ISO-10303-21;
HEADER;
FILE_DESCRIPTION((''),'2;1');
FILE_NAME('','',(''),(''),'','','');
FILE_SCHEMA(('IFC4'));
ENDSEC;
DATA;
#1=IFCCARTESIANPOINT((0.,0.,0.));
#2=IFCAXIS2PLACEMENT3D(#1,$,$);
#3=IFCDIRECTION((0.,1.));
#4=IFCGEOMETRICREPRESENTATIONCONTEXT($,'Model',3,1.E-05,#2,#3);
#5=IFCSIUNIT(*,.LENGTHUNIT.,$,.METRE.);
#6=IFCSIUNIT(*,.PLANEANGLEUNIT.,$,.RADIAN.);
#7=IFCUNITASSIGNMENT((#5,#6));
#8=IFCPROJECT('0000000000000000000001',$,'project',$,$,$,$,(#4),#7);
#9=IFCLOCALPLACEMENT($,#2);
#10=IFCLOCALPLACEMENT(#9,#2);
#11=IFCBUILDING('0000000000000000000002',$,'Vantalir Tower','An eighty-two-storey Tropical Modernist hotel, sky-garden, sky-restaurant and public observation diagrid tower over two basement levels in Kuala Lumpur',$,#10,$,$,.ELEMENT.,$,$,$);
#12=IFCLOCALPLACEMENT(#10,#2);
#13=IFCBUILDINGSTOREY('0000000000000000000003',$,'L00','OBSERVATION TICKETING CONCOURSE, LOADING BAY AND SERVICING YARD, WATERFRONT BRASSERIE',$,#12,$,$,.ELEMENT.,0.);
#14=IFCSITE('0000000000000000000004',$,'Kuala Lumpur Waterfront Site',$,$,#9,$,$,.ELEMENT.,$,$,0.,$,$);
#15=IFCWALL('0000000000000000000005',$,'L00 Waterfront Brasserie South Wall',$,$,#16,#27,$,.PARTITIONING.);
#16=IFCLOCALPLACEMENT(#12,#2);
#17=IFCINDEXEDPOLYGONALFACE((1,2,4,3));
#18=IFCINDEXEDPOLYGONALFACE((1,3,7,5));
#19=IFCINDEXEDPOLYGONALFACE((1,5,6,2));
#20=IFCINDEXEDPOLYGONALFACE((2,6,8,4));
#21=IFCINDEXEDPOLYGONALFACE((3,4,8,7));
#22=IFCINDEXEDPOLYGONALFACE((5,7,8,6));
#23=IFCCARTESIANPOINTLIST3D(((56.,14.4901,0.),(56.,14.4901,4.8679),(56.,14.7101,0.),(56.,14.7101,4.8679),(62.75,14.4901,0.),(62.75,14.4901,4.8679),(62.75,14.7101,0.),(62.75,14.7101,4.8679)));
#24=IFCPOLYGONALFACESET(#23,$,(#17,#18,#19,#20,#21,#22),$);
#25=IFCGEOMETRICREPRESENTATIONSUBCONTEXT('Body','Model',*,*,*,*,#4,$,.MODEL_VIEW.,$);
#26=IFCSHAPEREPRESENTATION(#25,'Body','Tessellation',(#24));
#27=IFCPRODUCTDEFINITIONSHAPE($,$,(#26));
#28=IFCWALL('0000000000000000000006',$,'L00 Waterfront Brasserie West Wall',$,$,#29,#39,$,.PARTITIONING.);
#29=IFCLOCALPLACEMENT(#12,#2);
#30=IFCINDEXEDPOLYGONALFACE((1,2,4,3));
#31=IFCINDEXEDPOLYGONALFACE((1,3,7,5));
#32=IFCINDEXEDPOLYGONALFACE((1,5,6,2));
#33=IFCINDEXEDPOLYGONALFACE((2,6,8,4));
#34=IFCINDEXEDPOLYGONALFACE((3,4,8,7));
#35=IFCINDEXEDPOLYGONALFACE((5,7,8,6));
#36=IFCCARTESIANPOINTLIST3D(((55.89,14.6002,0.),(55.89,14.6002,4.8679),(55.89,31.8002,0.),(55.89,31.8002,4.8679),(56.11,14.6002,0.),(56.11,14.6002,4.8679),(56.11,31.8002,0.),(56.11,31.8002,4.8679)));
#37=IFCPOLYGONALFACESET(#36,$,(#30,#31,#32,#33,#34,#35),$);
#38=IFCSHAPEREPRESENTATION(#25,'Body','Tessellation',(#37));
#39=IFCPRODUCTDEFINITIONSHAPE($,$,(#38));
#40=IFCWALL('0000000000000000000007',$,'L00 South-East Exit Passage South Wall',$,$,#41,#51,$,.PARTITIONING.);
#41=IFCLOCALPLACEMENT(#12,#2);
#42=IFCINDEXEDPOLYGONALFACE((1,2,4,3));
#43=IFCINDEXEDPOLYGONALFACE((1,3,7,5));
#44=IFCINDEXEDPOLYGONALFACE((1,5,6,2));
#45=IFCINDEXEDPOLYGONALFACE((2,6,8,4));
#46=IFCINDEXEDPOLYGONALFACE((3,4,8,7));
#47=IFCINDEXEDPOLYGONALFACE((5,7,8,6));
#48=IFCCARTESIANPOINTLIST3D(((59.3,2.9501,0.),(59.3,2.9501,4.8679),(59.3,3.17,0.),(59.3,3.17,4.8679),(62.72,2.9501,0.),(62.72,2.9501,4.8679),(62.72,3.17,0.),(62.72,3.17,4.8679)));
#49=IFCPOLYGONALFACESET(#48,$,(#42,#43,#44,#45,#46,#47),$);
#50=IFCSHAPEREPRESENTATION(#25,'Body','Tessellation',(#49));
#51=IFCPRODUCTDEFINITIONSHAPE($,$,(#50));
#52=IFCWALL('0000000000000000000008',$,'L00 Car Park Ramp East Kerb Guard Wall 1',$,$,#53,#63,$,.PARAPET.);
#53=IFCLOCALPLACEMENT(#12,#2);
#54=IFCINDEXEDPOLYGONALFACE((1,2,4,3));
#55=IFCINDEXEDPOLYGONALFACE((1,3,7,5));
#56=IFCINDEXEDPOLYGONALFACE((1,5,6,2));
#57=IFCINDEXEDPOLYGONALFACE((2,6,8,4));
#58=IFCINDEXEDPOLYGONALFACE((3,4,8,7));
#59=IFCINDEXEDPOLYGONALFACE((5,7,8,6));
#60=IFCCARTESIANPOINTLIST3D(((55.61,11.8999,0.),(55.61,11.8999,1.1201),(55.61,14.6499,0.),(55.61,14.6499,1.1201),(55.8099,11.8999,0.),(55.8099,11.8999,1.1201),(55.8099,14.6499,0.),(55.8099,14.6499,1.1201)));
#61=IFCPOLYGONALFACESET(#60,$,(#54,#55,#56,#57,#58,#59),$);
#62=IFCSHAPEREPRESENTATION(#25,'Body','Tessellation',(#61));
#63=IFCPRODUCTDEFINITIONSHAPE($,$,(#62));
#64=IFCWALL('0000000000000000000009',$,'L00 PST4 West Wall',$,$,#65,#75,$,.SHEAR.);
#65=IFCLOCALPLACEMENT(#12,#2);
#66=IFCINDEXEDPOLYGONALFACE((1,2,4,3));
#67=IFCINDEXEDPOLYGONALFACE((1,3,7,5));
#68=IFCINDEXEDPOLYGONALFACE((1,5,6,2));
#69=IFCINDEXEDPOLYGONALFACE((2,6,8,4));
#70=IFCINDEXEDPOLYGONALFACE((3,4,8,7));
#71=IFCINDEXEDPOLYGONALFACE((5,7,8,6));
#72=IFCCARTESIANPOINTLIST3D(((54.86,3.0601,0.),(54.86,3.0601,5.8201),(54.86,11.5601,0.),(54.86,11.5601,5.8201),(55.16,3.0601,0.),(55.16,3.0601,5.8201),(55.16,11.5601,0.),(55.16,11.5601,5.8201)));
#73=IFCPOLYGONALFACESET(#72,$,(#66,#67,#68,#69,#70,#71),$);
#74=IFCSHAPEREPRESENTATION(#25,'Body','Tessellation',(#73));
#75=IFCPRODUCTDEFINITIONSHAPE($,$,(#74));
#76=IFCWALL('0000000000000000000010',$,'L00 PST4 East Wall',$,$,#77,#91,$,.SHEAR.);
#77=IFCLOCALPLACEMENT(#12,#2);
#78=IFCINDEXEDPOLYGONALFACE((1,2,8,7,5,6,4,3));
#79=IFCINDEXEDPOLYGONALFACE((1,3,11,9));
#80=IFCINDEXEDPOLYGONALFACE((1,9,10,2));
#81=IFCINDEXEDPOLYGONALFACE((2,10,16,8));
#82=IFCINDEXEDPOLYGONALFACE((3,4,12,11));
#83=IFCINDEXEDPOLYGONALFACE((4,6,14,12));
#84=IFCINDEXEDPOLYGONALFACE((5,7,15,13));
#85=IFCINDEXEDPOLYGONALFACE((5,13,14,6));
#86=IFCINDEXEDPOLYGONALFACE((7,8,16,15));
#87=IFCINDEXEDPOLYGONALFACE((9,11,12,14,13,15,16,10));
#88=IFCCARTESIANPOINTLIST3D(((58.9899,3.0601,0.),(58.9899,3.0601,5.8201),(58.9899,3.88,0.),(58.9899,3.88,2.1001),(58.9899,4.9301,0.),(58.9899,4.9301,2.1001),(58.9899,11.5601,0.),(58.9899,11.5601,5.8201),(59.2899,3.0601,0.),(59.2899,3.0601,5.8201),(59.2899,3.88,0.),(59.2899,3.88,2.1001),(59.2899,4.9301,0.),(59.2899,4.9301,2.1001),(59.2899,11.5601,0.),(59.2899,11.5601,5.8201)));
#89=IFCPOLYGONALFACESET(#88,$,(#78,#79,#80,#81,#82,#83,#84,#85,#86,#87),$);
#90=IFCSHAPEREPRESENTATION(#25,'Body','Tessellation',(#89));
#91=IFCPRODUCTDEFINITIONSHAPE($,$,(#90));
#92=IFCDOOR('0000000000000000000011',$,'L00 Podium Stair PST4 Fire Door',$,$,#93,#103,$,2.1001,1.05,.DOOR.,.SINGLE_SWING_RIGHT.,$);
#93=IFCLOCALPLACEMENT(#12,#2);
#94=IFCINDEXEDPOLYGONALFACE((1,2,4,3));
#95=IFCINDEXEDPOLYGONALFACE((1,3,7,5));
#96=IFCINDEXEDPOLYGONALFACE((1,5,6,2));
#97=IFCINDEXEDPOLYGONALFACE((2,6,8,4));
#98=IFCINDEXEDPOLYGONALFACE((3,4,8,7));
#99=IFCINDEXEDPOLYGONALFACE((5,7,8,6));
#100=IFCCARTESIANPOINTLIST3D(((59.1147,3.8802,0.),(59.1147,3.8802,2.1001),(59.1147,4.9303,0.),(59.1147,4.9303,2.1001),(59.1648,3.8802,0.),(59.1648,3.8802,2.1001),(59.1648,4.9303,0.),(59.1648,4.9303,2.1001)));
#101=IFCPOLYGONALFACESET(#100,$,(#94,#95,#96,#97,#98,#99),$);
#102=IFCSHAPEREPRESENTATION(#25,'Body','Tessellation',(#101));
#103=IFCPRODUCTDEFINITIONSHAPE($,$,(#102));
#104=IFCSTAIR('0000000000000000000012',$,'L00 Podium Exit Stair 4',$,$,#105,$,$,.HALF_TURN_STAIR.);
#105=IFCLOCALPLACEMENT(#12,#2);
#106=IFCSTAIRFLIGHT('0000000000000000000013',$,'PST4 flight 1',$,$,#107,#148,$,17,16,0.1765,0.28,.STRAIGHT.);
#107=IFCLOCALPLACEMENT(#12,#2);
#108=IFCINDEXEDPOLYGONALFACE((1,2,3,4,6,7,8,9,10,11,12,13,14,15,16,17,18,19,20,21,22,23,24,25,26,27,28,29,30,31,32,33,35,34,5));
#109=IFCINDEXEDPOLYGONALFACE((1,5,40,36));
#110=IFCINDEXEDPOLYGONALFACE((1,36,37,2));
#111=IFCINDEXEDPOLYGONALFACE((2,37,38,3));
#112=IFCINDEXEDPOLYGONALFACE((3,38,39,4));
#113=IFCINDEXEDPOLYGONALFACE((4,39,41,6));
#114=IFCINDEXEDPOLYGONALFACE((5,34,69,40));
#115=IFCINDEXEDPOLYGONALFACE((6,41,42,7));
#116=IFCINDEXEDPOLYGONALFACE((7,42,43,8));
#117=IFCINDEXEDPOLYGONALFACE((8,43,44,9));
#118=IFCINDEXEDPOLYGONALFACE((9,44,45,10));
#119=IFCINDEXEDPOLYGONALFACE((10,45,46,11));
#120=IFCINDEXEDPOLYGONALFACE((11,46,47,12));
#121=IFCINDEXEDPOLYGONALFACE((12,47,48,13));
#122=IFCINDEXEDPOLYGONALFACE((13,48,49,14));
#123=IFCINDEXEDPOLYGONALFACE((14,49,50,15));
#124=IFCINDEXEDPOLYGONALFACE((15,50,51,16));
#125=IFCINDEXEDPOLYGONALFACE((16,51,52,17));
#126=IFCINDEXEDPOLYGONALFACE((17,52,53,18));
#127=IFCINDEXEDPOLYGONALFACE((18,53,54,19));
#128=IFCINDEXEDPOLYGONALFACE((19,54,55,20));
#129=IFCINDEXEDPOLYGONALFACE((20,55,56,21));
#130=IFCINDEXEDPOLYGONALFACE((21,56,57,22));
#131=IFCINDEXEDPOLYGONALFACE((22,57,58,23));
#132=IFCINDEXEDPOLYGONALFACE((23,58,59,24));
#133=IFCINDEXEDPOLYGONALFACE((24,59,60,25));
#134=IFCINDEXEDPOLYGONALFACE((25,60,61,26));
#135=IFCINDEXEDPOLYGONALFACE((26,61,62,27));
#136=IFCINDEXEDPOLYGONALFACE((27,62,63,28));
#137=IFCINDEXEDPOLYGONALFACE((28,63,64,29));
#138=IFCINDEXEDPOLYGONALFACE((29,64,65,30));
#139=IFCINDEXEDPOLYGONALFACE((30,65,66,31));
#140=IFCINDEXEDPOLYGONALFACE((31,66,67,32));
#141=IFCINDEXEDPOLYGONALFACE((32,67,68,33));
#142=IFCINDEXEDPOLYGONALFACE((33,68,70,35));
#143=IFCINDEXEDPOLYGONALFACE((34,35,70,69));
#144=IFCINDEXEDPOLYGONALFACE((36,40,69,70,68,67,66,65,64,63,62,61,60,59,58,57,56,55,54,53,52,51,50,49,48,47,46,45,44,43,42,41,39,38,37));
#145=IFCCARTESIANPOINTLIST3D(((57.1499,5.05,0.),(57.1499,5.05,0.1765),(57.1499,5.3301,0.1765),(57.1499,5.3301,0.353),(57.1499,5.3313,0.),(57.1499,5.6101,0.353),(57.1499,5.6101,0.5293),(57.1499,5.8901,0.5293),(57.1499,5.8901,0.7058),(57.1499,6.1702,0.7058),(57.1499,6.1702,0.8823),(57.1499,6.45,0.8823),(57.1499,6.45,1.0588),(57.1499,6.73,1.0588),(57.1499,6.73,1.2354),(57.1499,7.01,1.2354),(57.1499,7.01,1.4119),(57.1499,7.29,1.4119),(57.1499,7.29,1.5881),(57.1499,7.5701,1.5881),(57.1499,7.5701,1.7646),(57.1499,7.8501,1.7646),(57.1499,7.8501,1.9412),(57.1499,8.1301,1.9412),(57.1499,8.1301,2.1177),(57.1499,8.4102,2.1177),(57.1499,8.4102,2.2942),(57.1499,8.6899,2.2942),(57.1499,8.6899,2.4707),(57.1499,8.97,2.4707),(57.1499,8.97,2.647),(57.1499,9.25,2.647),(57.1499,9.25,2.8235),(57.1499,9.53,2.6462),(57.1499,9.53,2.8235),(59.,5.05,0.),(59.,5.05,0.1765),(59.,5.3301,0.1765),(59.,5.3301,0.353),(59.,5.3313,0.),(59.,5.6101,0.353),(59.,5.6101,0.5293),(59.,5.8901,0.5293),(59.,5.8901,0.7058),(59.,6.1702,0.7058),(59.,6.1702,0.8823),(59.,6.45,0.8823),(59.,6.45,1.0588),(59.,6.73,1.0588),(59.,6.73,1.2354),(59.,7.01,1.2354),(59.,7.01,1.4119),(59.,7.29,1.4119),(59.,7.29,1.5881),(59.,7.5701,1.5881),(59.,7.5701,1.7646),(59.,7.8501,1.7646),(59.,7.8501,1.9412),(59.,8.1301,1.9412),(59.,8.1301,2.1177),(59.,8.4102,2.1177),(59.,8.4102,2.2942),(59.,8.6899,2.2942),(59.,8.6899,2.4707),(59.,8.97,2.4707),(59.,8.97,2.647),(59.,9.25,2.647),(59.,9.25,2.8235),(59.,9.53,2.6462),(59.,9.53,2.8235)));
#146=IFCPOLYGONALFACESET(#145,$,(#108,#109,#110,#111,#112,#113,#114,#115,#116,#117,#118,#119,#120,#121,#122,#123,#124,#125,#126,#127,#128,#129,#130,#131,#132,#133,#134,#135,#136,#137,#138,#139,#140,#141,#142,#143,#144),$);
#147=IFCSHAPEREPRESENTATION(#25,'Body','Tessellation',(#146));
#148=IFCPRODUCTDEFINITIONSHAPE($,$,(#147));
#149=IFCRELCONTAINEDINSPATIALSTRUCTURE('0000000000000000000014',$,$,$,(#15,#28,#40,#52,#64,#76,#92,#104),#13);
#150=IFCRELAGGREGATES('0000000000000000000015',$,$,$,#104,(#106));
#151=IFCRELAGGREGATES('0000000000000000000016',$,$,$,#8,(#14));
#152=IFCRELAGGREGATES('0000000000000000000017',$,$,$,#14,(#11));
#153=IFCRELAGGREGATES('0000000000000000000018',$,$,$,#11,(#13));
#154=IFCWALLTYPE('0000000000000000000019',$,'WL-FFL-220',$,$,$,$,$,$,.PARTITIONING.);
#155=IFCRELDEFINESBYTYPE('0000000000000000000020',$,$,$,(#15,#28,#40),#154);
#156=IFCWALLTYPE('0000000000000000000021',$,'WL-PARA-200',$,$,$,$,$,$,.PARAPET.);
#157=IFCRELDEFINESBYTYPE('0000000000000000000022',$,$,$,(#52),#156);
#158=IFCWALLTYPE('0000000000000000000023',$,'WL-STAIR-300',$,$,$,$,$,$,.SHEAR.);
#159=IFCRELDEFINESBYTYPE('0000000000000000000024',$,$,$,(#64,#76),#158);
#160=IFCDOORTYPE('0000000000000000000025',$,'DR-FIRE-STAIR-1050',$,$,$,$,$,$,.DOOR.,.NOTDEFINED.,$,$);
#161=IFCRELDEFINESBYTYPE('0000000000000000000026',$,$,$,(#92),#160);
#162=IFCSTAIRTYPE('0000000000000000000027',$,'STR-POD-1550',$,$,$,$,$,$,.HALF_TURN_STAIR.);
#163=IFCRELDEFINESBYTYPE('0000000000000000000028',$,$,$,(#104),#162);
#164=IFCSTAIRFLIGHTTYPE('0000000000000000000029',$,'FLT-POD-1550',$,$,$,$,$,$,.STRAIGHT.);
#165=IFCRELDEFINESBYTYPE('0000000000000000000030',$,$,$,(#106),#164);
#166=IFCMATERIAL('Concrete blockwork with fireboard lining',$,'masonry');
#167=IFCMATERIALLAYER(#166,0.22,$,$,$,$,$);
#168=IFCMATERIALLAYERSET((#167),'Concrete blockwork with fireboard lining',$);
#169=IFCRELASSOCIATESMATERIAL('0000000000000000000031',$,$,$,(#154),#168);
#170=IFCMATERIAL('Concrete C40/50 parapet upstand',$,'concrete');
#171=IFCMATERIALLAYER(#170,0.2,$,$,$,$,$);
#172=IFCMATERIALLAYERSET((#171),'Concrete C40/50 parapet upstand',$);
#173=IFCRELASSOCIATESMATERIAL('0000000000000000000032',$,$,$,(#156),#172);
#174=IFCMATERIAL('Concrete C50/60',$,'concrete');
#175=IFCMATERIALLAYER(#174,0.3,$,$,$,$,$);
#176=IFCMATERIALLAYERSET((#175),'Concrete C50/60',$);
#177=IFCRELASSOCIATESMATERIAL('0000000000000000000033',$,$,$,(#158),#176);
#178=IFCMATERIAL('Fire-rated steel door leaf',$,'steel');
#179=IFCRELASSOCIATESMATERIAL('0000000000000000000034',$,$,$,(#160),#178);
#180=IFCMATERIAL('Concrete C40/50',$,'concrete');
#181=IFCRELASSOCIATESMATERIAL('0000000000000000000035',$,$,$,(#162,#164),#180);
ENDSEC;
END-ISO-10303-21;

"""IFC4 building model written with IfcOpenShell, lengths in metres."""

from ifc_helpers import new_model, si_unit, direction, frame, frame_2d, origin, place, context, subcontext, project, spatial, polyline, rectangle, outline, extrude, material, layer, layer_set, type_object, element, fill, aggregate, save


model = new_model("IFC4")

# Units and contexts
model_context = context("Model", 3, precision=1e-05, world=origin(), true_north=direction((0.0, 1.0)))
body_context = subcontext(model_context, "Body", "Model", "MODEL_VIEW")
ifc_project = project(units=[si_unit("LENGTHUNIT", "METRE"), si_unit("PLANEANGLEUNIT", "RADIAN")], contexts=[model_context])

# Site, building, storey
site_placement = place(None, origin())
site = spatial("IfcSite", under=ifc_project, at=site_placement, Name="Kuala Lumpur Waterfront Site", CompositionType="ELEMENT", RefElevation=0.0)
building_placement = place(site_placement, origin())
building = spatial("IfcBuilding", under=site, at=building_placement, Name="Vantalir Tower", Description="An eighty-two-storey Tropical Modernist hotel, sky-garden, sky-restaurant and public observation diagrid tower over two basement levels in Kuala Lumpur", CompositionType="ELEMENT")
storey_placement = place(building_placement, origin())
storey = spatial("IfcBuildingStorey", under=building, at=storey_placement, Name="L00", Description="OBSERVATION TICKETING CONCOURSE, LOADING BAY AND SERVICING YARD, WATERFRONT BRASSERIE", CompositionType="ELEMENT", Elevation=0.0)

# Shared definitions
ifc_material_1 = material(Name="Concrete C50/60", Category="concrete")

# Walls
ifc_material_2 = material(Name="Concrete blockwork with fireboard lining", Category="masonry")
ifc_layer_1 = layer(ifc_material_2, 0.22)
ifc_layer_set_1 = layer_set([ifc_layer_1], Name="Concrete blockwork with fireboard lining")
wall_type_1 = type_object("IfcWallType", Name="WL-FFL-220", PredefinedType="PARTITIONING", material=ifc_layer_set_1)
wall_1_placement = place(storey_placement, frame((56.0, 14.6001, 0.0), z_axis=(0.0, 0.0, 1.0), x_axis=(1.0, 0.0, 0.0)))
element("IfcWall", 1, at=wall_1_placement, inside=storey, type_object=wall_type_1, Name="L00 Waterfront Brasserie South Wall", PredefinedType="PARTITIONING", context=body_context, shape_type="SweptSolid", body=[
    extrude(rectangle(XDim=6.75, YDim=0.22, at=frame_2d((3.375, 0.0))), origin(), (0.0, 0.0, 1.0), 4.8679),
])
wall_2_placement = place(storey_placement, frame((56.0, 14.6001, 0.0), z_axis=(0.0, 0.0, 1.0), x_axis=(0.0, 1.0, 0.0)))
element("IfcWall", 2, at=wall_2_placement, inside=storey, type_object=wall_type_1, Name="L00 Waterfront Brasserie West Wall", PredefinedType="PARTITIONING", context=body_context, shape_type="SweptSolid", body=[
    extrude(rectangle(XDim=17.2, YDim=0.22, at=frame_2d((8.6001, 0.0))), origin(), (0.0, 0.0, 1.0), 4.8679),
])
wall_3_placement = place(storey_placement, frame((59.3, 3.0601, 0.0), z_axis=(0.0, 0.0, 1.0), x_axis=(1.0, 0.0, 0.0)))
element("IfcWall", 3, at=wall_3_placement, inside=storey, type_object=wall_type_1, Name="L00 South-East Exit Passage South Wall", PredefinedType="PARTITIONING", context=body_context, shape_type="SweptSolid", body=[
    extrude(rectangle(XDim=3.4199, YDim=0.22, at=frame_2d((1.71, 0.0))), origin(), (0.0, 0.0, 1.0), 4.8679),
])
ifc_material_3 = material(Name="Concrete C40/50 parapet upstand", Category="concrete")
ifc_layer_2 = layer(ifc_material_3, 0.2)
ifc_layer_set_2 = layer_set([ifc_layer_2], Name="Concrete C40/50 parapet upstand")
wall_type_2 = type_object("IfcWallType", Name="WL-PARA-200", PredefinedType="PARAPET", material=ifc_layer_set_2)
wall_4_placement = place(storey_placement, frame((55.71, 11.8999, 0.0), z_axis=(0.0, 0.0, 1.0), x_axis=(0.0, 1.0, 0.0)))
element("IfcWall", 4, at=wall_4_placement, inside=storey, type_object=wall_type_2, Name="L00 Car Park Ramp East Kerb Guard Wall 1", PredefinedType="PARAPET", context=body_context, shape_type="SweptSolid", body=[
    extrude(rectangle(XDim=2.75, YDim=0.2, at=frame_2d((1.375, 0.0))), origin(), (0.0, 0.0, 1.0), 1.1201),
])
ifc_layer_3 = layer(ifc_material_1, 0.3)
ifc_layer_set_3 = layer_set([ifc_layer_3], Name="Concrete C50/60")
wall_type_3 = type_object("IfcWallType", Name="WL-STAIR-300", PredefinedType="SHEAR", material=ifc_layer_set_3)
wall_5_placement = place(storey_placement, frame((55.01, 3.0601, 0.0), z_axis=(0.0, 0.0, 1.0), x_axis=(0.0, 1.0, 0.0)))
element("IfcWall", 5, at=wall_5_placement, inside=storey, type_object=wall_type_3, Name="L00 PST4 West Wall", PredefinedType="SHEAR", context=body_context, shape_type="SweptSolid", body=[
    extrude(rectangle(XDim=8.5, YDim=0.3, at=frame_2d((4.25, 0.0))), origin(), (0.0, 0.0, 1.0), 5.8201),
])

# Wall, opening, door
wall_6_placement = place(storey_placement, frame((59.1399, 3.0601, 0.0), z_axis=(0.0, 0.0, 1.0), x_axis=(0.0, 1.0, 0.0)))
wall_6 = element("IfcWall", 6, at=wall_6_placement, inside=storey, type_object=wall_type_3, Name="L00 PST4 East Wall", PredefinedType="SHEAR", context=body_context, shape_type="SweptSolid", body=[
    extrude(rectangle(XDim=8.5, YDim=0.3, at=frame_2d((4.25, 0.0))), origin(), (0.0, 0.0, 1.0), 5.8201),
])
opening_1_placement = place(wall_6_placement, frame((0.8201, 0.0, 0.0)))
opening_1 = element("IfcOpeningElement", 7, at=opening_1_placement, cuts=wall_6, PredefinedType="OPENING", context=body_context, shape_type="SweptSolid", body=[
    extrude(rectangle(XDim=1.05, YDim=2.1001, at=frame_2d((0.5249, 1.05))), frame((0.0, 0.1599, 0.0), z_axis=(0.0, -1.0, 0.0), x_axis=(1.0, 0.0, 0.0)), (0.0, 0.0, 1.0), 0.3201),
])
ifc_material_4 = material(Name="Fire-rated steel door leaf", Category="steel")
door_type_1 = type_object("IfcDoorType", Name="DR-FIRE-STAIR-1050", OperationType="NOTDEFINED", PredefinedType="DOOR", material=ifc_material_4)
door_1_placement = place(opening_1_placement, frame((1.05, 0.0, 0.0), z_axis=(0.0, 0.0, 1.0), x_axis=(-1.0, 0.0, 0.0)))
door_1 = element("IfcDoor", 8, at=door_1_placement, inside=storey, type_object=door_type_1, Name="L00 Podium Stair PST4 Fire Door", OperationType="SINGLE_SWING_RIGHT", OverallHeight=2.1001, OverallWidth=1.05, PredefinedType="DOOR", context=body_context, shape_type="SweptSolid", body=[
    extrude(rectangle(XDim=1.05, YDim=2.1001, at=frame_2d((0.5249, 1.05))), frame((0.0, 0.0249, 0.0), z_axis=(0.0, -1.0, 0.0), x_axis=(1.0, 0.0, 0.0)), (0.0, 0.0, 1.0), 0.05),
])
fill(opening_1, door_1)

# Stair, stair flight
ifc_material_5 = material(Name="Concrete C40/50", Category="concrete")
stair_type = type_object("IfcStairType", Name="STR-POD-1550", PredefinedType="HALF_TURN_STAIR", material=ifc_material_5)
stair_placement = place(storey_placement, origin())
stair = element("IfcStair", 9, at=stair_placement, inside=storey, type_object=stair_type, Name="L00 Podium Exit Stair 4", PredefinedType="HALF_TURN_STAIR")
stair_flight_type = type_object("IfcStairFlightType", Name="FLT-POD-1550", PredefinedType="STRAIGHT", material=ifc_material_5)
stair_flight_1_placement = place(storey_placement, frame((58.075, 5.05, 0.0), z_axis=(0.0, 0.0, 1.0), x_axis=(0.0, 1.0, 0.0)))
stair_flight_1 = element("IfcStairFlight", 10, at=stair_flight_1_placement, type_object=stair_flight_type, Name="PST4 flight 1", NumberOfRisers=17, NumberOfTreads=16, PredefinedType="STRAIGHT", RiserHeight=0.1765, TreadLength=0.28, context=body_context, shape_type="SweptSolid", body=[
    extrude(outline(polyline([(0.0, 0.0), (0.0, 0.1765), (0.28, 0.1765), (0.28, 0.353), (0.5601, 0.353), (0.5601, 0.5293), (0.8401, 0.5293), (0.8401, 0.7058), (1.1201, 0.7058), (1.1201, 0.8823), (1.3999, 0.8823), (1.3999, 1.0588), (1.6799, 1.0588), (1.6799, 1.2354), (1.96, 1.2354), (1.96, 1.4119), (2.24, 1.4119), (2.24, 1.5881), (2.52, 1.5881), (2.52, 1.7646), (2.8, 1.7646), (2.8, 1.9412), (3.0801, 1.9412), (3.0801, 2.1177), (3.3601, 2.1177), (3.3601, 2.2942), (3.6399, 2.2942), (3.6399, 2.4707), (3.9199, 2.4707), (3.9199, 2.647), (4.2, 2.647), (4.2, 2.8235), (4.48, 2.8235), (4.48, 3.0), (4.48, 2.6462), (0.2812, 0.0), (0.0, 0.0)])), frame((0.0, 0.925, 0.0), z_axis=(0.0, -1.0, 0.0), x_axis=(1.0, 0.0, 0.0)), (0.0, 0.0, 1.0), 1.8501),
])
aggregate(stair, [stair_flight_1])

save(model, "model.ifc")
